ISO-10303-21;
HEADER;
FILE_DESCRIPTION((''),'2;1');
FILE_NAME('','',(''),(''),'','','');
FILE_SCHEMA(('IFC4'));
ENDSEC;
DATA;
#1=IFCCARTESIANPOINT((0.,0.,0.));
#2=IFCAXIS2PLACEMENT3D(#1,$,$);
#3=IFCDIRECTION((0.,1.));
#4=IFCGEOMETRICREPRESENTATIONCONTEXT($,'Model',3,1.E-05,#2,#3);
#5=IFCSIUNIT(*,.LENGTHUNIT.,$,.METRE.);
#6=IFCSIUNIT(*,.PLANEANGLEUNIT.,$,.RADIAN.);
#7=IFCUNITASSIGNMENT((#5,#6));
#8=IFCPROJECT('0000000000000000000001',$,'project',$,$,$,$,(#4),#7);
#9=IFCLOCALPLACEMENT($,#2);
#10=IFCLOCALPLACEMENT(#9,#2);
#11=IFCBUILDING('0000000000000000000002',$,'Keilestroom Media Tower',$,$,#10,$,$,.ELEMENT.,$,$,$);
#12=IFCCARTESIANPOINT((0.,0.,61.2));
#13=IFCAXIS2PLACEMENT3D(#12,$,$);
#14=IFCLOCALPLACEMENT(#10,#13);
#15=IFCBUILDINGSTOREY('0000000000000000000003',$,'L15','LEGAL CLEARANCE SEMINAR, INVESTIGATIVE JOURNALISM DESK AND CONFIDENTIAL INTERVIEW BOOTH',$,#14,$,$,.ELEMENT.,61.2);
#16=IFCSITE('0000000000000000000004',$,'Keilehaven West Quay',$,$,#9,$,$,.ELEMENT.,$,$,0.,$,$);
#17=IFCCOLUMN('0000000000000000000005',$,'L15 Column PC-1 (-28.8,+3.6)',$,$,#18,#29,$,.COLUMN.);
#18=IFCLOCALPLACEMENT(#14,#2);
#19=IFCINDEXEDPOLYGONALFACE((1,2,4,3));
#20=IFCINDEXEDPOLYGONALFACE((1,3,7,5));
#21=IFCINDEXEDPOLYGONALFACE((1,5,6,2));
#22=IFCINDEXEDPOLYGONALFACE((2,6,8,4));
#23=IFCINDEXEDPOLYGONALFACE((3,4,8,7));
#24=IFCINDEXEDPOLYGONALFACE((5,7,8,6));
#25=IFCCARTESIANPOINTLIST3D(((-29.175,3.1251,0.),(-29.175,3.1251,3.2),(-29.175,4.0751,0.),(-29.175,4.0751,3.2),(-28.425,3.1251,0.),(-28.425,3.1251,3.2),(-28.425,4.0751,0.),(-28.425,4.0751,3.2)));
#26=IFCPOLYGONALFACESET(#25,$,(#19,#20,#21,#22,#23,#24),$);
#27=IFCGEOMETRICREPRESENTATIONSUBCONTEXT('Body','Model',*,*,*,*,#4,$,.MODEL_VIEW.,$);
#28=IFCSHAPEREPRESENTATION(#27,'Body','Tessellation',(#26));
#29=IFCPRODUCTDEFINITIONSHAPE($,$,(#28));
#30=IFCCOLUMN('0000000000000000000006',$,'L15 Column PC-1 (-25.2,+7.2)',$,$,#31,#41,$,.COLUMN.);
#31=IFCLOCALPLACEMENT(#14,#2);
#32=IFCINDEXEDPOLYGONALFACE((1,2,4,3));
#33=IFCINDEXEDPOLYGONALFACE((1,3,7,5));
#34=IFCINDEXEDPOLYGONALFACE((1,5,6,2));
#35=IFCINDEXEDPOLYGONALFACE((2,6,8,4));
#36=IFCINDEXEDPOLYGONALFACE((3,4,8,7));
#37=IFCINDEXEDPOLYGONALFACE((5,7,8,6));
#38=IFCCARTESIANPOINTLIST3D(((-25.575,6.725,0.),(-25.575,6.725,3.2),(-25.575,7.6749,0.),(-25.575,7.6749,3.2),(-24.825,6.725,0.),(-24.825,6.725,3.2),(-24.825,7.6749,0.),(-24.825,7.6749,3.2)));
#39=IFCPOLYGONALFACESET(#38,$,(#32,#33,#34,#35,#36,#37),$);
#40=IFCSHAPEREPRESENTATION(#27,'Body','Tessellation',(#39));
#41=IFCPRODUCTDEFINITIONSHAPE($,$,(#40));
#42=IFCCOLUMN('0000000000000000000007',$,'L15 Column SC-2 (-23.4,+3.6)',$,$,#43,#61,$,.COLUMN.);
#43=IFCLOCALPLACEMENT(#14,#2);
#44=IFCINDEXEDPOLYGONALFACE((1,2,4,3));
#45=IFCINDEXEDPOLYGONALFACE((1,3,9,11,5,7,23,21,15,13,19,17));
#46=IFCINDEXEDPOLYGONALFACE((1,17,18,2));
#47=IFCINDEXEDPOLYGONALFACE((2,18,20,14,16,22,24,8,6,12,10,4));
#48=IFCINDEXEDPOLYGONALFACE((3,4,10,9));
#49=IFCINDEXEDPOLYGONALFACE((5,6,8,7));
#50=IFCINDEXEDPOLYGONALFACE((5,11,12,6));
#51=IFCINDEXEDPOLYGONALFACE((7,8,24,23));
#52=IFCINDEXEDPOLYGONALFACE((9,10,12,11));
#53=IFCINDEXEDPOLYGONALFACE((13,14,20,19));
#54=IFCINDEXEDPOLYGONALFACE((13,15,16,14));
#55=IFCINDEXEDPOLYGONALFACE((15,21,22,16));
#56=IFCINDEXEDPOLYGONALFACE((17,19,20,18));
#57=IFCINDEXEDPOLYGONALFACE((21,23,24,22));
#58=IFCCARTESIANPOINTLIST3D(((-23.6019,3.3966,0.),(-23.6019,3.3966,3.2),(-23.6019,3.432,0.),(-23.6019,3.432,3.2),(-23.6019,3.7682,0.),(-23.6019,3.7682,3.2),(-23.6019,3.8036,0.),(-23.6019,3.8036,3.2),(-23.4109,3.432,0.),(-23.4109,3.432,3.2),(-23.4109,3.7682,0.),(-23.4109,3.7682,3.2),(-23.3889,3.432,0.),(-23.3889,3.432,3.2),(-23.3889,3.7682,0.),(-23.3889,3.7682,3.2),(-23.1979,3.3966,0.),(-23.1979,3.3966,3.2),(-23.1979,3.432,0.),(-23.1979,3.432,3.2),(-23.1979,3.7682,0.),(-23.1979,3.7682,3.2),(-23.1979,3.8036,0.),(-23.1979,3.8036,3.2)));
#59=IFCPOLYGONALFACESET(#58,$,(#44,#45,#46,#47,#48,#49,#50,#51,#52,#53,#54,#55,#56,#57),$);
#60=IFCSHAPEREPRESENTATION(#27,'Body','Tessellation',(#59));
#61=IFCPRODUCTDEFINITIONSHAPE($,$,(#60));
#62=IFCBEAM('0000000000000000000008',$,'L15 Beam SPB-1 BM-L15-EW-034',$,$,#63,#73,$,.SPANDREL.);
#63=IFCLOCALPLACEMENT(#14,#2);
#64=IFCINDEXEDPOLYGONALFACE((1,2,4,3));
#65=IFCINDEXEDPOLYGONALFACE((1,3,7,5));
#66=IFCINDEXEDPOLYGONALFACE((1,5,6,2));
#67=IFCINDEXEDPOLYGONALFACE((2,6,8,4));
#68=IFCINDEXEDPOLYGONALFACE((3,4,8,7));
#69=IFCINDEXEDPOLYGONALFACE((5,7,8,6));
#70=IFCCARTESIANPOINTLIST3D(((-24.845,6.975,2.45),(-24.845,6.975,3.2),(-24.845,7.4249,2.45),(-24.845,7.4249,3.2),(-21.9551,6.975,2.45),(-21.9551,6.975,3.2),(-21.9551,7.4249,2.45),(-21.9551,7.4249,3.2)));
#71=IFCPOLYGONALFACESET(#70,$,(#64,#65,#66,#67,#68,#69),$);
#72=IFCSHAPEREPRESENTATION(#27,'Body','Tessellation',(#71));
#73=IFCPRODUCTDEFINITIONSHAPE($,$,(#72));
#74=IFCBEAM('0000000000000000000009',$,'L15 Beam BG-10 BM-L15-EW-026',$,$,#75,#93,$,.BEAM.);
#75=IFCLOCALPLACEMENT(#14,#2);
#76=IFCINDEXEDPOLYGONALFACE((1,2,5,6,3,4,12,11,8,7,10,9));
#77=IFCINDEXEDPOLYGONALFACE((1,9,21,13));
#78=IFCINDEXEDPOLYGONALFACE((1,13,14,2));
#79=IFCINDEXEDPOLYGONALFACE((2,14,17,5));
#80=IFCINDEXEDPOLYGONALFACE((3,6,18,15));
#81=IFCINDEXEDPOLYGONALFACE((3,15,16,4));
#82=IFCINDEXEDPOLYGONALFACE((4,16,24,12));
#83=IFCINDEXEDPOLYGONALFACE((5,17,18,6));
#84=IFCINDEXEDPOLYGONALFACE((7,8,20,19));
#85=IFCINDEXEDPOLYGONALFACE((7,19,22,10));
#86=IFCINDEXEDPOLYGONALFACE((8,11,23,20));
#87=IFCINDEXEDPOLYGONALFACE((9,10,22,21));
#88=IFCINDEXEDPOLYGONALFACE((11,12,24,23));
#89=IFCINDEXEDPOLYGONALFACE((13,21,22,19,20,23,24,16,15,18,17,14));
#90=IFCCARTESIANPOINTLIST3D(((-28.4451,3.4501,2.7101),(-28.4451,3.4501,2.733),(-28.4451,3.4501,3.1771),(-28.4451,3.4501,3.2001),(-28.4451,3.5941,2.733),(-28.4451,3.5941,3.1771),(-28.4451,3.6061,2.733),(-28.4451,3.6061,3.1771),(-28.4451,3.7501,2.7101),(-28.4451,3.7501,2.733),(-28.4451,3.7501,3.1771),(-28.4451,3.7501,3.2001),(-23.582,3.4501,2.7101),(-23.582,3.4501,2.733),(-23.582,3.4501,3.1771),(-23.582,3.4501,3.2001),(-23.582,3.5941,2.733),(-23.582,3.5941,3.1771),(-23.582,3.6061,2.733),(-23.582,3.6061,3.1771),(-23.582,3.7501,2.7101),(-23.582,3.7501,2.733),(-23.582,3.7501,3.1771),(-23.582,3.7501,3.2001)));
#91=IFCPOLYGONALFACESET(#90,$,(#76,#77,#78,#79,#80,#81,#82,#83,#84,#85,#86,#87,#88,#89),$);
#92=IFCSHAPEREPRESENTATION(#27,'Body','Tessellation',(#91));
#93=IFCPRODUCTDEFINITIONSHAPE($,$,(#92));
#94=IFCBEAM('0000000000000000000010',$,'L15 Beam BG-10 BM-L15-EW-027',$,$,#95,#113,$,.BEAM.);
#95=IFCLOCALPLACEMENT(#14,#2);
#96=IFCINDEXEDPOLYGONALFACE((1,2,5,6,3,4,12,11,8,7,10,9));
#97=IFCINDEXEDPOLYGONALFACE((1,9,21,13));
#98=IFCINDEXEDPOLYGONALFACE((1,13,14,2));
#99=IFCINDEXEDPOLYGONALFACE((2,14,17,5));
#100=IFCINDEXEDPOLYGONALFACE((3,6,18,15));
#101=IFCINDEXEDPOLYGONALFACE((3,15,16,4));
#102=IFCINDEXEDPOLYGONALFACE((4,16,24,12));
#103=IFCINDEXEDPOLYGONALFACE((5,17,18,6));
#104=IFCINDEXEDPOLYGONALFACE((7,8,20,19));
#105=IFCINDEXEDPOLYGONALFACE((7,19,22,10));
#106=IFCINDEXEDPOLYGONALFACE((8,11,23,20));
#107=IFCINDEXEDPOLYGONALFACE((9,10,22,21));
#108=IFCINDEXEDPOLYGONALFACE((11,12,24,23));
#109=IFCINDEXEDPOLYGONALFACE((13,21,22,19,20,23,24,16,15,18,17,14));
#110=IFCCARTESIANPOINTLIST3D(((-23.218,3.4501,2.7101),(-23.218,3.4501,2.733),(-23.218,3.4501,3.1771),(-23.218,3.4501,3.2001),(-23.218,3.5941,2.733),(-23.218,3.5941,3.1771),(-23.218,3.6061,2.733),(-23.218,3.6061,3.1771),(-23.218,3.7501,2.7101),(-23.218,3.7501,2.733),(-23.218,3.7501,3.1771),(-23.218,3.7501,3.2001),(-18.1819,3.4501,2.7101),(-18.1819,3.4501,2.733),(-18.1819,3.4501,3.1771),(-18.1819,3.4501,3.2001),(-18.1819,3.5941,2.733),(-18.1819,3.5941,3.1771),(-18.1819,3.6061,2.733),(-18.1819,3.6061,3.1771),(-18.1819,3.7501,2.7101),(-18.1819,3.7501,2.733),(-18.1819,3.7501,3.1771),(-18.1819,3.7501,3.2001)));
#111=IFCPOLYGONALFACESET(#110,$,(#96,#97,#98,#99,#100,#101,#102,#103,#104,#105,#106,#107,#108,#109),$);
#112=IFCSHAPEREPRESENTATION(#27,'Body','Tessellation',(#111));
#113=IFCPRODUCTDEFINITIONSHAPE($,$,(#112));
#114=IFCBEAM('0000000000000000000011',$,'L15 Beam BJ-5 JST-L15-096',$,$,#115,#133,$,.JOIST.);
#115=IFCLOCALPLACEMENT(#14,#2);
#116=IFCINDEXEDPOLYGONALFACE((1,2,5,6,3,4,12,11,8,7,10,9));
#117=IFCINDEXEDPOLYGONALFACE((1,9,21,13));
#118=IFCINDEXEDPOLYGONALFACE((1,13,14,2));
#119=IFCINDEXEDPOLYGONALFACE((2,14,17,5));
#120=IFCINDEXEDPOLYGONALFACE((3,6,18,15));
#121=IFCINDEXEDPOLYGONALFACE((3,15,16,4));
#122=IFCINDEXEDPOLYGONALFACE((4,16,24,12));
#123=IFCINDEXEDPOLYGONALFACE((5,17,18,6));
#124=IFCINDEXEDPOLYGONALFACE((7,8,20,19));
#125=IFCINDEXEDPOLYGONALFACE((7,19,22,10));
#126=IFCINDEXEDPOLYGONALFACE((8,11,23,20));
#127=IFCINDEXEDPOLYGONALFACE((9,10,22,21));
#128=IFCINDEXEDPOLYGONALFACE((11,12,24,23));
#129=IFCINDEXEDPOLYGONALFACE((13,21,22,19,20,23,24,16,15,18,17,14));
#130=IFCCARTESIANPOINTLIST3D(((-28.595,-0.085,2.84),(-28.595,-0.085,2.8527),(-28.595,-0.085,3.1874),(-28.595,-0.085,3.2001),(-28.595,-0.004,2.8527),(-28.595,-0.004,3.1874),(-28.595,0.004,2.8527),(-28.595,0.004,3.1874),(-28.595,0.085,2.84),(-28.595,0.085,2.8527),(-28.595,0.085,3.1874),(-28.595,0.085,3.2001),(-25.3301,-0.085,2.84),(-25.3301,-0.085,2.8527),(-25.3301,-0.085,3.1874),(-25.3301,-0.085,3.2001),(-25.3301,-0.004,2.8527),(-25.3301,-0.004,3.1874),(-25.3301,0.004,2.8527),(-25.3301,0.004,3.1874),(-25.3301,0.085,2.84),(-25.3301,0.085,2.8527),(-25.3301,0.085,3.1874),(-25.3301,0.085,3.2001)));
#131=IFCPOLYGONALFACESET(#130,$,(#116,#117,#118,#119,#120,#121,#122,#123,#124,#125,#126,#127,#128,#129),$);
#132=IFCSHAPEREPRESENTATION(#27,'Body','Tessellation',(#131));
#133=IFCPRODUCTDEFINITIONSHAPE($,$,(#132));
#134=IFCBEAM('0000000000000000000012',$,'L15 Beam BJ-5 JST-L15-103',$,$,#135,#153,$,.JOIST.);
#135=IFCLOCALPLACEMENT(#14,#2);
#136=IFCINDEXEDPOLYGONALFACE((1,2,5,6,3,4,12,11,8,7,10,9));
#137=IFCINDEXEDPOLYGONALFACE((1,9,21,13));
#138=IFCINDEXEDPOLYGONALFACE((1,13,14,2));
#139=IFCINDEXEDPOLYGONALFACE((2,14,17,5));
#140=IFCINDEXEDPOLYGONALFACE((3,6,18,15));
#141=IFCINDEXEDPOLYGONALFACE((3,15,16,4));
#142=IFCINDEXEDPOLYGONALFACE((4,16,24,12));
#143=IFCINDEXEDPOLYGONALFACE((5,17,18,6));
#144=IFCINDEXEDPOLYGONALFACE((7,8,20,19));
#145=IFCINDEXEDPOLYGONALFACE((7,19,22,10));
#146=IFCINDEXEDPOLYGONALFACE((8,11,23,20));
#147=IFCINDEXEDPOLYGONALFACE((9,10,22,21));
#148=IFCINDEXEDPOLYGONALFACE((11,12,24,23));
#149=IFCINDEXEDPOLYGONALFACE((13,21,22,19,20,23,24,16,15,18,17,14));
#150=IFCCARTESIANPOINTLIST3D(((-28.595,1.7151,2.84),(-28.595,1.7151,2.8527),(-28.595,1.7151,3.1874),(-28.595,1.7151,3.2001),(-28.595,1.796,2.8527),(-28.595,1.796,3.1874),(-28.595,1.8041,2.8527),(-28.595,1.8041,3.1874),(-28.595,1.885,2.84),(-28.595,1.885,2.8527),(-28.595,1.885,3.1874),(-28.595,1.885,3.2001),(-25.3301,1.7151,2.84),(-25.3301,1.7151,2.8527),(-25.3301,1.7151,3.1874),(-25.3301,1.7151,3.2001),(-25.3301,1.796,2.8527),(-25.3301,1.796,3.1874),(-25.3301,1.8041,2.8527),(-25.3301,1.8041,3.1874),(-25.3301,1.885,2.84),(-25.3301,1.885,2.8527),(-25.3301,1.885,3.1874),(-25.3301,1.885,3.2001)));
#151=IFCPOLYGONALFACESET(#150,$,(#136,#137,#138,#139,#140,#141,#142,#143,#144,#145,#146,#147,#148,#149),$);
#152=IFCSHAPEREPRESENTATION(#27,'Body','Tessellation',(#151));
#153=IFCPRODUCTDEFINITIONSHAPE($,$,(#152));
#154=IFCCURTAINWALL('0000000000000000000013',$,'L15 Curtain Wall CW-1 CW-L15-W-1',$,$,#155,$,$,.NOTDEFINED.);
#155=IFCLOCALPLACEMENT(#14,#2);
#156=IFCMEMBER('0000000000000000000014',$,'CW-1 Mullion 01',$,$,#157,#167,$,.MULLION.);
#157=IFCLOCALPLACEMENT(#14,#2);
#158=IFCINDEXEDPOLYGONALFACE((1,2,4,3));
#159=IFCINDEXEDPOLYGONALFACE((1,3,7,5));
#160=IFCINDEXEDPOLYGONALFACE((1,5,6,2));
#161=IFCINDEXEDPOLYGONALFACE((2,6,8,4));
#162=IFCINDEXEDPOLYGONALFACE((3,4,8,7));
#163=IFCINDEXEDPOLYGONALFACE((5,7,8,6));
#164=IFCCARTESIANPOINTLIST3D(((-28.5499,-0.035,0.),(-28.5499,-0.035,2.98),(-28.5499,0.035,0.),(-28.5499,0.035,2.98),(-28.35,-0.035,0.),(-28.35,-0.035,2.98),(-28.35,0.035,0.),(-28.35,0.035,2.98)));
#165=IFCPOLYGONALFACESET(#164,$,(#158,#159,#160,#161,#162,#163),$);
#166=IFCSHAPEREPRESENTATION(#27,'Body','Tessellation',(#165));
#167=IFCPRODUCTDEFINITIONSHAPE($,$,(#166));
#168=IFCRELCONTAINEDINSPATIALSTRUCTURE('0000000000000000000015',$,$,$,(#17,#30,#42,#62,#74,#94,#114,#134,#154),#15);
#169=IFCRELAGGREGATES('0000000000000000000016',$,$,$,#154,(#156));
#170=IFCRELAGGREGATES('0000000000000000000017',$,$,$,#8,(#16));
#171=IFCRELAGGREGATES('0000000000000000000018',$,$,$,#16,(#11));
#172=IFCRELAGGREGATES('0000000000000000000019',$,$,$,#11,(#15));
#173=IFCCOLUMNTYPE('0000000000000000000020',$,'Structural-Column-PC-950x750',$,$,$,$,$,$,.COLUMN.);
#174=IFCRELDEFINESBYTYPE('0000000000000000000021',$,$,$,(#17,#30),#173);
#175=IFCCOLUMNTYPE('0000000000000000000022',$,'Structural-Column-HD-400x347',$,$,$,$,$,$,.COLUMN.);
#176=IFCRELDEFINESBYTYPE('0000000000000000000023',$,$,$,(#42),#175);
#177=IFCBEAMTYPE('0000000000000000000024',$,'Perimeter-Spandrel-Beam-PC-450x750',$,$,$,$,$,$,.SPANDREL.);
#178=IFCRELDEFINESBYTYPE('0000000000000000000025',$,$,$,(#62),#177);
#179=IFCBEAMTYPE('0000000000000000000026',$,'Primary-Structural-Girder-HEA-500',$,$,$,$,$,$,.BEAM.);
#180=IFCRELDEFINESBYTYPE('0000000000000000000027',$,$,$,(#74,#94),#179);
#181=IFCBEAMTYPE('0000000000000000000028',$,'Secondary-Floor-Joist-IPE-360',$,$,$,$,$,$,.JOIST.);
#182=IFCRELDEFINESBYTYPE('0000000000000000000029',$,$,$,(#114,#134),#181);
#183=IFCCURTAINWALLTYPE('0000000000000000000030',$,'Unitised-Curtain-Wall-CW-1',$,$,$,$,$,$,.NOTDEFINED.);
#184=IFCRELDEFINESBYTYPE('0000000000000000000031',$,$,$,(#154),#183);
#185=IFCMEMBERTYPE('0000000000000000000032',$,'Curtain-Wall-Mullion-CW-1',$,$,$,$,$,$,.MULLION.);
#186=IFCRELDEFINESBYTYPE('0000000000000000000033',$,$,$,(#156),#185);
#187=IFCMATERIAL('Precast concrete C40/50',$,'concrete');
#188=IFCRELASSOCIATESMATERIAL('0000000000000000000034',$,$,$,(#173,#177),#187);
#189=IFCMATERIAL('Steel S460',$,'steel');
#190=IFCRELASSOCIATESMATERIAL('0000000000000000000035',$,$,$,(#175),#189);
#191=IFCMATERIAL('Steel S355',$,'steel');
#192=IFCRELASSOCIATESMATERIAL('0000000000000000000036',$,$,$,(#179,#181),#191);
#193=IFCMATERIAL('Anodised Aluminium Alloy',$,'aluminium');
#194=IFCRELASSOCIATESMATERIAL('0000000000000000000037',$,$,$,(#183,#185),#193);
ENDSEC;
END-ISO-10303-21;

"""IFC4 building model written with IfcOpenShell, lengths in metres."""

from ifc_helpers import new_model, si_unit, direction, frame, origin, origin_2d, place, context, subcontext, project, spatial, rectangle, i_section, extrude, source, transform, mapped, material, material_profile, profile_set, type_object, element, aggregate, save


model = new_model("IFC4")

# Units and contexts
model_context = context("Model", 3, precision=1e-05, world=origin(), true_north=direction((0.0, 1.0)))
body_context = subcontext(model_context, "Body", "Model", "MODEL_VIEW")
ifc_project = project(units=[si_unit("LENGTHUNIT", "METRE"), si_unit("PLANEANGLEUNIT", "RADIAN")], contexts=[model_context])

# Site, building, storey
site_placement = place(None, origin())
site = spatial("IfcSite", under=ifc_project, at=site_placement, Name="Keilehaven West Quay", CompositionType="ELEMENT", RefElevation=0.0)
building_placement = place(site_placement, origin())
building = spatial("IfcBuilding", under=site, at=building_placement, Name="Keilestroom Media Tower", CompositionType="ELEMENT")
storey_placement = place(building_placement, frame((0.0, 0.0, 61.2)))
storey = spatial("IfcBuildingStorey", under=building, at=storey_placement, Name="L15", Description="LEGAL CLEARANCE SEMINAR, INVESTIGATIVE JOURNALISM DESK AND CONFIDENTIAL INTERVIEW BOOTH", CompositionType="ELEMENT", Elevation=61.2)

# Columns
ifc_material_1 = material(Name="Precast concrete C40/50", Category="concrete")
ifc_material_profile_1 = material_profile(ifc_material_1, rectangle(XDim=0.75, YDim=0.95, at=origin_2d()), Name="PC 950x750")
ifc_profile_set_1 = profile_set([ifc_material_profile_1], Name="Precast concrete C40/50")
column_type_1 = type_object("IfcColumnType", Name="Structural-Column-PC-950x750", PredefinedType="COLUMN", material=ifc_profile_set_1)
shared_shape_1 = source(origin(), body_context, "Body", "SweptSolid", [
    extrude(rectangle(XDim=0.75, YDim=0.95, at=origin_2d()), origin(), (0.0, 0.0, 1.0), 3.2),
])
for number, where, z_axis, x_axis, name in (
    (1, (-28.8, 3.6001, 0.0), (0.0, 0.0, 1.0), (1.0, 0.0, 0.0), "L15 Column PC-1 (-28.8,+3.6)"),
    (2, (-25.2, 7.2, 0.0), (0.0, 0.0, 1.0), (1.0, 0.0, 0.0), "L15 Column PC-1 (-25.2,+7.2)"),
):
    element("IfcColumn", number, at=place(storey_placement, frame(where, z_axis=z_axis, x_axis=x_axis)), inside=storey, type_object=column_type_1, Name=name, PredefinedType="COLUMN", context=body_context, shape_type="MappedRepresentation", body=[
        mapped(shared_shape_1, transform((0.0, 0.0, 0.0), x_axis=(1.0, 0.0, 0.0), y_axis=(0.0, 1.0, 0.0), z_axis=(0.0, 0.0, 1.0), scale=1.0)),
    ])
ifc_material_2 = material(Name="Steel S460", Category="steel")
ifc_material_profile_2 = material_profile(ifc_material_2, i_section(OverallWidth=0.4041, OverallDepth=0.407, WebThickness=0.022, FlangeThickness=0.0354, at=origin_2d()), Name="HD 400x347")
ifc_profile_set_2 = profile_set([ifc_material_profile_2], Name="Steel S460")
column_type_2 = type_object("IfcColumnType", Name="Structural-Column-HD-400x347", PredefinedType="COLUMN", material=ifc_profile_set_2)
shared_shape_2 = source(origin(), body_context, "Body", "SweptSolid", [
    extrude(i_section(OverallWidth=0.4041, OverallDepth=0.407, WebThickness=0.022, FlangeThickness=0.0354, at=origin_2d()), origin(), (0.0, 0.0, 1.0), 3.2),
])
column_placement = place(storey_placement, frame((-23.3999, 3.6001, 0.0), z_axis=(0.0, 0.0, 1.0), x_axis=(1.0, 0.0, 0.0)))
element("IfcColumn", 3, at=column_placement, inside=storey, type_object=column_type_2, Name="L15 Column SC-2 (-23.4,+3.6)", PredefinedType="COLUMN", context=body_context, shape_type="MappedRepresentation", body=[
    mapped(shared_shape_2, transform((0.0, 0.0, 0.0), x_axis=(1.0, 0.0, 0.0), y_axis=(0.0, 1.0, 0.0), z_axis=(0.0, 0.0, 1.0), scale=1.0)),
])

# Beams
ifc_material_profile_3 = material_profile(ifc_material_1, rectangle(XDim=0.45, YDim=0.75, at=origin_2d()), Name="PC 450x750")
ifc_profile_set_3 = profile_set([ifc_material_profile_3], Name="Precast concrete C40/50")
beam_type_1 = type_object("IfcBeamType", Name="Perimeter-Spandrel-Beam-PC-450x750", PredefinedType="SPANDREL", material=ifc_profile_set_3)
shared_shape_3 = source(origin(), body_context, "Body", "SweptSolid", [
    extrude(rectangle(XDim=0.45, YDim=0.75, at=origin_2d()), origin(), (0.0, 0.0, 1.0), 2.8899),
])
beam_1_placement = place(storey_placement, frame((-24.845, 7.2, 2.825), z_axis=(1.0, 0.0, 0.0), x_axis=(0.0, 1.0, 0.0)))
element("IfcBeam", 4, at=beam_1_placement, inside=storey, type_object=beam_type_1, Name="L15 Beam SPB-1 BM-L15-EW-034", PredefinedType="SPANDREL", context=body_context, shape_type="MappedRepresentation", body=[
    mapped(shared_shape_3, transform((0.0, 0.0, 0.0), x_axis=(1.0, 0.0, 0.0), y_axis=(0.0, 1.0, 0.0), z_axis=(0.0, 0.0, 1.0), scale=1.0)),
])
ifc_material_3 = material(Name="Steel S355", Category="steel")
ifc_material_profile_4 = material_profile(ifc_material_3, i_section(OverallWidth=0.3, OverallDepth=0.49, WebThickness=0.012, FlangeThickness=0.0229, at=origin_2d()), Name="HEA 500")
ifc_profile_set_4 = profile_set([ifc_material_profile_4], Name="Steel S355")
beam_type_2 = type_object("IfcBeamType", Name="Primary-Structural-Girder-HEA-500", PredefinedType="BEAM", material=ifc_profile_set_4)
shared_shape_4 = source(origin(), body_context, "Body", "SweptSolid", [
    extrude(i_section(OverallWidth=0.3, OverallDepth=0.49, WebThickness=0.012, FlangeThickness=0.0229, at=origin_2d()), origin(), (0.0, 0.0, 1.0), 4.863),
])
beam_2_placement = place(storey_placement, frame((-28.4451, 3.6001, 2.9551), z_axis=(1.0, 0.0, 0.0), x_axis=(0.0, 1.0, 0.0)))
element("IfcBeam", 5, at=beam_2_placement, inside=storey, type_object=beam_type_2, Name="L15 Beam BG-10 BM-L15-EW-026", PredefinedType="BEAM", context=body_context, shape_type="MappedRepresentation", body=[
    mapped(shared_shape_4, transform((0.0, 0.0, 0.0), x_axis=(1.0, 0.0, 0.0), y_axis=(0.0, 1.0, 0.0), z_axis=(0.0, 0.0, 1.0), scale=1.0)),
])
shared_shape_5 = source(origin(), body_context, "Body", "SweptSolid", [
    extrude(i_section(OverallWidth=0.3, OverallDepth=0.49, WebThickness=0.012, FlangeThickness=0.0229, at=origin_2d()), origin(), (0.0, 0.0, 1.0), 5.0361),
])
beam_3_placement = place(storey_placement, frame((-23.218, 3.6001, 2.9551), z_axis=(1.0, 0.0, 0.0), x_axis=(0.0, 1.0, 0.0)))
element("IfcBeam", 6, at=beam_3_placement, inside=storey, type_object=beam_type_2, Name="L15 Beam BG-10 BM-L15-EW-027", PredefinedType="BEAM", context=body_context, shape_type="MappedRepresentation", body=[
    mapped(shared_shape_5, transform((0.0, 0.0, 0.0), x_axis=(1.0, 0.0, 0.0), y_axis=(0.0, 1.0, 0.0), z_axis=(0.0, 0.0, 1.0), scale=1.0)),
])
ifc_material_profile_5 = material_profile(ifc_material_3, i_section(OverallWidth=0.1699, OverallDepth=0.3601, WebThickness=0.0081, FlangeThickness=0.0127, at=origin_2d()), Name="IPE 360")
ifc_profile_set_5 = profile_set([ifc_material_profile_5], Name="Steel S355")
beam_type_3 = type_object("IfcBeamType", Name="Secondary-Floor-Joist-IPE-360", PredefinedType="JOIST", material=ifc_profile_set_5)
shared_shape_6 = source(origin(), body_context, "Body", "SweptSolid", [
    extrude(i_section(OverallWidth=0.1699, OverallDepth=0.3601, WebThickness=0.0081, FlangeThickness=0.0127, at=origin_2d()), origin(), (0.0, 0.0, 1.0), 3.2649),
])
for number, where, z_axis, x_axis, name in (
    (7, (-28.595, 0.0, 3.02), (1.0, 0.0, 0.0), (0.0, 1.0, 0.0), "L15 Beam BJ-5 JST-L15-096"),
    (8, (-28.595, 1.8, 3.02), (1.0, 0.0, 0.0), (0.0, 1.0, 0.0), "L15 Beam BJ-5 JST-L15-103"),
):
    element("IfcBeam", number, at=place(storey_placement, frame(where, z_axis=z_axis, x_axis=x_axis)), inside=storey, type_object=beam_type_3, Name=name, PredefinedType="JOIST", context=body_context, shape_type="MappedRepresentation", body=[
        mapped(shared_shape_6, transform((0.0, 0.0, 0.0), x_axis=(1.0, 0.0, 0.0), y_axis=(0.0, 1.0, 0.0), z_axis=(0.0, 0.0, 1.0), scale=1.0)),
    ])

# Curtain wall, member
ifc_material_4 = material(Name="Anodised Aluminium Alloy", Category="aluminium")
curtain_wall_type = type_object("IfcCurtainWallType", Name="Unitised-Curtain-Wall-CW-1", PredefinedType="NOTDEFINED", material=ifc_material_4)
curtain_wall_1_placement = place(storey_placement, origin())
curtain_wall_1 = element("IfcCurtainWall", 9, at=curtain_wall_1_placement, inside=storey, type_object=curtain_wall_type, Name="L15 Curtain Wall CW-1 CW-L15-W-1", PredefinedType="NOTDEFINED")
ifc_material_profile_6 = material_profile(ifc_material_4, rectangle(XDim=0.0701, YDim=0.2, at=origin_2d()), Name="ALU MULLION 70x200")
ifc_profile_set_6 = profile_set([ifc_material_profile_6], Name="Anodised Aluminium Alloy")
member_type_1 = type_object("IfcMemberType", Name="Curtain-Wall-Mullion-CW-1", PredefinedType="MULLION", material=ifc_profile_set_6)
shared_shape_7 = source(origin(), body_context, "Body", "SweptSolid", [
    extrude(rectangle(XDim=0.0701, YDim=0.2, at=origin_2d()), origin(), (0.0, 0.0, 1.0), 2.98),
])
member_1_placement = place(storey_placement, frame((-28.45, 0.0, 0.0), z_axis=(0.0, 0.0, 1.0), x_axis=(0.0, 1.0, 0.0)))
member_1 = element("IfcMember", 10, at=member_1_placement, type_object=member_type_1, Name="CW-1 Mullion 01", PredefinedType="MULLION", context=body_context, shape_type="MappedRepresentation", body=[
    mapped(shared_shape_7, transform((0.0, 0.0, 0.0), x_axis=(1.0, 0.0, 0.0), y_axis=(0.0, 1.0, 0.0), z_axis=(0.0, 0.0, 1.0), scale=1.0)),
])

aggregate(curtain_wall_1, [member_1])

save(model, "model.ifc")
